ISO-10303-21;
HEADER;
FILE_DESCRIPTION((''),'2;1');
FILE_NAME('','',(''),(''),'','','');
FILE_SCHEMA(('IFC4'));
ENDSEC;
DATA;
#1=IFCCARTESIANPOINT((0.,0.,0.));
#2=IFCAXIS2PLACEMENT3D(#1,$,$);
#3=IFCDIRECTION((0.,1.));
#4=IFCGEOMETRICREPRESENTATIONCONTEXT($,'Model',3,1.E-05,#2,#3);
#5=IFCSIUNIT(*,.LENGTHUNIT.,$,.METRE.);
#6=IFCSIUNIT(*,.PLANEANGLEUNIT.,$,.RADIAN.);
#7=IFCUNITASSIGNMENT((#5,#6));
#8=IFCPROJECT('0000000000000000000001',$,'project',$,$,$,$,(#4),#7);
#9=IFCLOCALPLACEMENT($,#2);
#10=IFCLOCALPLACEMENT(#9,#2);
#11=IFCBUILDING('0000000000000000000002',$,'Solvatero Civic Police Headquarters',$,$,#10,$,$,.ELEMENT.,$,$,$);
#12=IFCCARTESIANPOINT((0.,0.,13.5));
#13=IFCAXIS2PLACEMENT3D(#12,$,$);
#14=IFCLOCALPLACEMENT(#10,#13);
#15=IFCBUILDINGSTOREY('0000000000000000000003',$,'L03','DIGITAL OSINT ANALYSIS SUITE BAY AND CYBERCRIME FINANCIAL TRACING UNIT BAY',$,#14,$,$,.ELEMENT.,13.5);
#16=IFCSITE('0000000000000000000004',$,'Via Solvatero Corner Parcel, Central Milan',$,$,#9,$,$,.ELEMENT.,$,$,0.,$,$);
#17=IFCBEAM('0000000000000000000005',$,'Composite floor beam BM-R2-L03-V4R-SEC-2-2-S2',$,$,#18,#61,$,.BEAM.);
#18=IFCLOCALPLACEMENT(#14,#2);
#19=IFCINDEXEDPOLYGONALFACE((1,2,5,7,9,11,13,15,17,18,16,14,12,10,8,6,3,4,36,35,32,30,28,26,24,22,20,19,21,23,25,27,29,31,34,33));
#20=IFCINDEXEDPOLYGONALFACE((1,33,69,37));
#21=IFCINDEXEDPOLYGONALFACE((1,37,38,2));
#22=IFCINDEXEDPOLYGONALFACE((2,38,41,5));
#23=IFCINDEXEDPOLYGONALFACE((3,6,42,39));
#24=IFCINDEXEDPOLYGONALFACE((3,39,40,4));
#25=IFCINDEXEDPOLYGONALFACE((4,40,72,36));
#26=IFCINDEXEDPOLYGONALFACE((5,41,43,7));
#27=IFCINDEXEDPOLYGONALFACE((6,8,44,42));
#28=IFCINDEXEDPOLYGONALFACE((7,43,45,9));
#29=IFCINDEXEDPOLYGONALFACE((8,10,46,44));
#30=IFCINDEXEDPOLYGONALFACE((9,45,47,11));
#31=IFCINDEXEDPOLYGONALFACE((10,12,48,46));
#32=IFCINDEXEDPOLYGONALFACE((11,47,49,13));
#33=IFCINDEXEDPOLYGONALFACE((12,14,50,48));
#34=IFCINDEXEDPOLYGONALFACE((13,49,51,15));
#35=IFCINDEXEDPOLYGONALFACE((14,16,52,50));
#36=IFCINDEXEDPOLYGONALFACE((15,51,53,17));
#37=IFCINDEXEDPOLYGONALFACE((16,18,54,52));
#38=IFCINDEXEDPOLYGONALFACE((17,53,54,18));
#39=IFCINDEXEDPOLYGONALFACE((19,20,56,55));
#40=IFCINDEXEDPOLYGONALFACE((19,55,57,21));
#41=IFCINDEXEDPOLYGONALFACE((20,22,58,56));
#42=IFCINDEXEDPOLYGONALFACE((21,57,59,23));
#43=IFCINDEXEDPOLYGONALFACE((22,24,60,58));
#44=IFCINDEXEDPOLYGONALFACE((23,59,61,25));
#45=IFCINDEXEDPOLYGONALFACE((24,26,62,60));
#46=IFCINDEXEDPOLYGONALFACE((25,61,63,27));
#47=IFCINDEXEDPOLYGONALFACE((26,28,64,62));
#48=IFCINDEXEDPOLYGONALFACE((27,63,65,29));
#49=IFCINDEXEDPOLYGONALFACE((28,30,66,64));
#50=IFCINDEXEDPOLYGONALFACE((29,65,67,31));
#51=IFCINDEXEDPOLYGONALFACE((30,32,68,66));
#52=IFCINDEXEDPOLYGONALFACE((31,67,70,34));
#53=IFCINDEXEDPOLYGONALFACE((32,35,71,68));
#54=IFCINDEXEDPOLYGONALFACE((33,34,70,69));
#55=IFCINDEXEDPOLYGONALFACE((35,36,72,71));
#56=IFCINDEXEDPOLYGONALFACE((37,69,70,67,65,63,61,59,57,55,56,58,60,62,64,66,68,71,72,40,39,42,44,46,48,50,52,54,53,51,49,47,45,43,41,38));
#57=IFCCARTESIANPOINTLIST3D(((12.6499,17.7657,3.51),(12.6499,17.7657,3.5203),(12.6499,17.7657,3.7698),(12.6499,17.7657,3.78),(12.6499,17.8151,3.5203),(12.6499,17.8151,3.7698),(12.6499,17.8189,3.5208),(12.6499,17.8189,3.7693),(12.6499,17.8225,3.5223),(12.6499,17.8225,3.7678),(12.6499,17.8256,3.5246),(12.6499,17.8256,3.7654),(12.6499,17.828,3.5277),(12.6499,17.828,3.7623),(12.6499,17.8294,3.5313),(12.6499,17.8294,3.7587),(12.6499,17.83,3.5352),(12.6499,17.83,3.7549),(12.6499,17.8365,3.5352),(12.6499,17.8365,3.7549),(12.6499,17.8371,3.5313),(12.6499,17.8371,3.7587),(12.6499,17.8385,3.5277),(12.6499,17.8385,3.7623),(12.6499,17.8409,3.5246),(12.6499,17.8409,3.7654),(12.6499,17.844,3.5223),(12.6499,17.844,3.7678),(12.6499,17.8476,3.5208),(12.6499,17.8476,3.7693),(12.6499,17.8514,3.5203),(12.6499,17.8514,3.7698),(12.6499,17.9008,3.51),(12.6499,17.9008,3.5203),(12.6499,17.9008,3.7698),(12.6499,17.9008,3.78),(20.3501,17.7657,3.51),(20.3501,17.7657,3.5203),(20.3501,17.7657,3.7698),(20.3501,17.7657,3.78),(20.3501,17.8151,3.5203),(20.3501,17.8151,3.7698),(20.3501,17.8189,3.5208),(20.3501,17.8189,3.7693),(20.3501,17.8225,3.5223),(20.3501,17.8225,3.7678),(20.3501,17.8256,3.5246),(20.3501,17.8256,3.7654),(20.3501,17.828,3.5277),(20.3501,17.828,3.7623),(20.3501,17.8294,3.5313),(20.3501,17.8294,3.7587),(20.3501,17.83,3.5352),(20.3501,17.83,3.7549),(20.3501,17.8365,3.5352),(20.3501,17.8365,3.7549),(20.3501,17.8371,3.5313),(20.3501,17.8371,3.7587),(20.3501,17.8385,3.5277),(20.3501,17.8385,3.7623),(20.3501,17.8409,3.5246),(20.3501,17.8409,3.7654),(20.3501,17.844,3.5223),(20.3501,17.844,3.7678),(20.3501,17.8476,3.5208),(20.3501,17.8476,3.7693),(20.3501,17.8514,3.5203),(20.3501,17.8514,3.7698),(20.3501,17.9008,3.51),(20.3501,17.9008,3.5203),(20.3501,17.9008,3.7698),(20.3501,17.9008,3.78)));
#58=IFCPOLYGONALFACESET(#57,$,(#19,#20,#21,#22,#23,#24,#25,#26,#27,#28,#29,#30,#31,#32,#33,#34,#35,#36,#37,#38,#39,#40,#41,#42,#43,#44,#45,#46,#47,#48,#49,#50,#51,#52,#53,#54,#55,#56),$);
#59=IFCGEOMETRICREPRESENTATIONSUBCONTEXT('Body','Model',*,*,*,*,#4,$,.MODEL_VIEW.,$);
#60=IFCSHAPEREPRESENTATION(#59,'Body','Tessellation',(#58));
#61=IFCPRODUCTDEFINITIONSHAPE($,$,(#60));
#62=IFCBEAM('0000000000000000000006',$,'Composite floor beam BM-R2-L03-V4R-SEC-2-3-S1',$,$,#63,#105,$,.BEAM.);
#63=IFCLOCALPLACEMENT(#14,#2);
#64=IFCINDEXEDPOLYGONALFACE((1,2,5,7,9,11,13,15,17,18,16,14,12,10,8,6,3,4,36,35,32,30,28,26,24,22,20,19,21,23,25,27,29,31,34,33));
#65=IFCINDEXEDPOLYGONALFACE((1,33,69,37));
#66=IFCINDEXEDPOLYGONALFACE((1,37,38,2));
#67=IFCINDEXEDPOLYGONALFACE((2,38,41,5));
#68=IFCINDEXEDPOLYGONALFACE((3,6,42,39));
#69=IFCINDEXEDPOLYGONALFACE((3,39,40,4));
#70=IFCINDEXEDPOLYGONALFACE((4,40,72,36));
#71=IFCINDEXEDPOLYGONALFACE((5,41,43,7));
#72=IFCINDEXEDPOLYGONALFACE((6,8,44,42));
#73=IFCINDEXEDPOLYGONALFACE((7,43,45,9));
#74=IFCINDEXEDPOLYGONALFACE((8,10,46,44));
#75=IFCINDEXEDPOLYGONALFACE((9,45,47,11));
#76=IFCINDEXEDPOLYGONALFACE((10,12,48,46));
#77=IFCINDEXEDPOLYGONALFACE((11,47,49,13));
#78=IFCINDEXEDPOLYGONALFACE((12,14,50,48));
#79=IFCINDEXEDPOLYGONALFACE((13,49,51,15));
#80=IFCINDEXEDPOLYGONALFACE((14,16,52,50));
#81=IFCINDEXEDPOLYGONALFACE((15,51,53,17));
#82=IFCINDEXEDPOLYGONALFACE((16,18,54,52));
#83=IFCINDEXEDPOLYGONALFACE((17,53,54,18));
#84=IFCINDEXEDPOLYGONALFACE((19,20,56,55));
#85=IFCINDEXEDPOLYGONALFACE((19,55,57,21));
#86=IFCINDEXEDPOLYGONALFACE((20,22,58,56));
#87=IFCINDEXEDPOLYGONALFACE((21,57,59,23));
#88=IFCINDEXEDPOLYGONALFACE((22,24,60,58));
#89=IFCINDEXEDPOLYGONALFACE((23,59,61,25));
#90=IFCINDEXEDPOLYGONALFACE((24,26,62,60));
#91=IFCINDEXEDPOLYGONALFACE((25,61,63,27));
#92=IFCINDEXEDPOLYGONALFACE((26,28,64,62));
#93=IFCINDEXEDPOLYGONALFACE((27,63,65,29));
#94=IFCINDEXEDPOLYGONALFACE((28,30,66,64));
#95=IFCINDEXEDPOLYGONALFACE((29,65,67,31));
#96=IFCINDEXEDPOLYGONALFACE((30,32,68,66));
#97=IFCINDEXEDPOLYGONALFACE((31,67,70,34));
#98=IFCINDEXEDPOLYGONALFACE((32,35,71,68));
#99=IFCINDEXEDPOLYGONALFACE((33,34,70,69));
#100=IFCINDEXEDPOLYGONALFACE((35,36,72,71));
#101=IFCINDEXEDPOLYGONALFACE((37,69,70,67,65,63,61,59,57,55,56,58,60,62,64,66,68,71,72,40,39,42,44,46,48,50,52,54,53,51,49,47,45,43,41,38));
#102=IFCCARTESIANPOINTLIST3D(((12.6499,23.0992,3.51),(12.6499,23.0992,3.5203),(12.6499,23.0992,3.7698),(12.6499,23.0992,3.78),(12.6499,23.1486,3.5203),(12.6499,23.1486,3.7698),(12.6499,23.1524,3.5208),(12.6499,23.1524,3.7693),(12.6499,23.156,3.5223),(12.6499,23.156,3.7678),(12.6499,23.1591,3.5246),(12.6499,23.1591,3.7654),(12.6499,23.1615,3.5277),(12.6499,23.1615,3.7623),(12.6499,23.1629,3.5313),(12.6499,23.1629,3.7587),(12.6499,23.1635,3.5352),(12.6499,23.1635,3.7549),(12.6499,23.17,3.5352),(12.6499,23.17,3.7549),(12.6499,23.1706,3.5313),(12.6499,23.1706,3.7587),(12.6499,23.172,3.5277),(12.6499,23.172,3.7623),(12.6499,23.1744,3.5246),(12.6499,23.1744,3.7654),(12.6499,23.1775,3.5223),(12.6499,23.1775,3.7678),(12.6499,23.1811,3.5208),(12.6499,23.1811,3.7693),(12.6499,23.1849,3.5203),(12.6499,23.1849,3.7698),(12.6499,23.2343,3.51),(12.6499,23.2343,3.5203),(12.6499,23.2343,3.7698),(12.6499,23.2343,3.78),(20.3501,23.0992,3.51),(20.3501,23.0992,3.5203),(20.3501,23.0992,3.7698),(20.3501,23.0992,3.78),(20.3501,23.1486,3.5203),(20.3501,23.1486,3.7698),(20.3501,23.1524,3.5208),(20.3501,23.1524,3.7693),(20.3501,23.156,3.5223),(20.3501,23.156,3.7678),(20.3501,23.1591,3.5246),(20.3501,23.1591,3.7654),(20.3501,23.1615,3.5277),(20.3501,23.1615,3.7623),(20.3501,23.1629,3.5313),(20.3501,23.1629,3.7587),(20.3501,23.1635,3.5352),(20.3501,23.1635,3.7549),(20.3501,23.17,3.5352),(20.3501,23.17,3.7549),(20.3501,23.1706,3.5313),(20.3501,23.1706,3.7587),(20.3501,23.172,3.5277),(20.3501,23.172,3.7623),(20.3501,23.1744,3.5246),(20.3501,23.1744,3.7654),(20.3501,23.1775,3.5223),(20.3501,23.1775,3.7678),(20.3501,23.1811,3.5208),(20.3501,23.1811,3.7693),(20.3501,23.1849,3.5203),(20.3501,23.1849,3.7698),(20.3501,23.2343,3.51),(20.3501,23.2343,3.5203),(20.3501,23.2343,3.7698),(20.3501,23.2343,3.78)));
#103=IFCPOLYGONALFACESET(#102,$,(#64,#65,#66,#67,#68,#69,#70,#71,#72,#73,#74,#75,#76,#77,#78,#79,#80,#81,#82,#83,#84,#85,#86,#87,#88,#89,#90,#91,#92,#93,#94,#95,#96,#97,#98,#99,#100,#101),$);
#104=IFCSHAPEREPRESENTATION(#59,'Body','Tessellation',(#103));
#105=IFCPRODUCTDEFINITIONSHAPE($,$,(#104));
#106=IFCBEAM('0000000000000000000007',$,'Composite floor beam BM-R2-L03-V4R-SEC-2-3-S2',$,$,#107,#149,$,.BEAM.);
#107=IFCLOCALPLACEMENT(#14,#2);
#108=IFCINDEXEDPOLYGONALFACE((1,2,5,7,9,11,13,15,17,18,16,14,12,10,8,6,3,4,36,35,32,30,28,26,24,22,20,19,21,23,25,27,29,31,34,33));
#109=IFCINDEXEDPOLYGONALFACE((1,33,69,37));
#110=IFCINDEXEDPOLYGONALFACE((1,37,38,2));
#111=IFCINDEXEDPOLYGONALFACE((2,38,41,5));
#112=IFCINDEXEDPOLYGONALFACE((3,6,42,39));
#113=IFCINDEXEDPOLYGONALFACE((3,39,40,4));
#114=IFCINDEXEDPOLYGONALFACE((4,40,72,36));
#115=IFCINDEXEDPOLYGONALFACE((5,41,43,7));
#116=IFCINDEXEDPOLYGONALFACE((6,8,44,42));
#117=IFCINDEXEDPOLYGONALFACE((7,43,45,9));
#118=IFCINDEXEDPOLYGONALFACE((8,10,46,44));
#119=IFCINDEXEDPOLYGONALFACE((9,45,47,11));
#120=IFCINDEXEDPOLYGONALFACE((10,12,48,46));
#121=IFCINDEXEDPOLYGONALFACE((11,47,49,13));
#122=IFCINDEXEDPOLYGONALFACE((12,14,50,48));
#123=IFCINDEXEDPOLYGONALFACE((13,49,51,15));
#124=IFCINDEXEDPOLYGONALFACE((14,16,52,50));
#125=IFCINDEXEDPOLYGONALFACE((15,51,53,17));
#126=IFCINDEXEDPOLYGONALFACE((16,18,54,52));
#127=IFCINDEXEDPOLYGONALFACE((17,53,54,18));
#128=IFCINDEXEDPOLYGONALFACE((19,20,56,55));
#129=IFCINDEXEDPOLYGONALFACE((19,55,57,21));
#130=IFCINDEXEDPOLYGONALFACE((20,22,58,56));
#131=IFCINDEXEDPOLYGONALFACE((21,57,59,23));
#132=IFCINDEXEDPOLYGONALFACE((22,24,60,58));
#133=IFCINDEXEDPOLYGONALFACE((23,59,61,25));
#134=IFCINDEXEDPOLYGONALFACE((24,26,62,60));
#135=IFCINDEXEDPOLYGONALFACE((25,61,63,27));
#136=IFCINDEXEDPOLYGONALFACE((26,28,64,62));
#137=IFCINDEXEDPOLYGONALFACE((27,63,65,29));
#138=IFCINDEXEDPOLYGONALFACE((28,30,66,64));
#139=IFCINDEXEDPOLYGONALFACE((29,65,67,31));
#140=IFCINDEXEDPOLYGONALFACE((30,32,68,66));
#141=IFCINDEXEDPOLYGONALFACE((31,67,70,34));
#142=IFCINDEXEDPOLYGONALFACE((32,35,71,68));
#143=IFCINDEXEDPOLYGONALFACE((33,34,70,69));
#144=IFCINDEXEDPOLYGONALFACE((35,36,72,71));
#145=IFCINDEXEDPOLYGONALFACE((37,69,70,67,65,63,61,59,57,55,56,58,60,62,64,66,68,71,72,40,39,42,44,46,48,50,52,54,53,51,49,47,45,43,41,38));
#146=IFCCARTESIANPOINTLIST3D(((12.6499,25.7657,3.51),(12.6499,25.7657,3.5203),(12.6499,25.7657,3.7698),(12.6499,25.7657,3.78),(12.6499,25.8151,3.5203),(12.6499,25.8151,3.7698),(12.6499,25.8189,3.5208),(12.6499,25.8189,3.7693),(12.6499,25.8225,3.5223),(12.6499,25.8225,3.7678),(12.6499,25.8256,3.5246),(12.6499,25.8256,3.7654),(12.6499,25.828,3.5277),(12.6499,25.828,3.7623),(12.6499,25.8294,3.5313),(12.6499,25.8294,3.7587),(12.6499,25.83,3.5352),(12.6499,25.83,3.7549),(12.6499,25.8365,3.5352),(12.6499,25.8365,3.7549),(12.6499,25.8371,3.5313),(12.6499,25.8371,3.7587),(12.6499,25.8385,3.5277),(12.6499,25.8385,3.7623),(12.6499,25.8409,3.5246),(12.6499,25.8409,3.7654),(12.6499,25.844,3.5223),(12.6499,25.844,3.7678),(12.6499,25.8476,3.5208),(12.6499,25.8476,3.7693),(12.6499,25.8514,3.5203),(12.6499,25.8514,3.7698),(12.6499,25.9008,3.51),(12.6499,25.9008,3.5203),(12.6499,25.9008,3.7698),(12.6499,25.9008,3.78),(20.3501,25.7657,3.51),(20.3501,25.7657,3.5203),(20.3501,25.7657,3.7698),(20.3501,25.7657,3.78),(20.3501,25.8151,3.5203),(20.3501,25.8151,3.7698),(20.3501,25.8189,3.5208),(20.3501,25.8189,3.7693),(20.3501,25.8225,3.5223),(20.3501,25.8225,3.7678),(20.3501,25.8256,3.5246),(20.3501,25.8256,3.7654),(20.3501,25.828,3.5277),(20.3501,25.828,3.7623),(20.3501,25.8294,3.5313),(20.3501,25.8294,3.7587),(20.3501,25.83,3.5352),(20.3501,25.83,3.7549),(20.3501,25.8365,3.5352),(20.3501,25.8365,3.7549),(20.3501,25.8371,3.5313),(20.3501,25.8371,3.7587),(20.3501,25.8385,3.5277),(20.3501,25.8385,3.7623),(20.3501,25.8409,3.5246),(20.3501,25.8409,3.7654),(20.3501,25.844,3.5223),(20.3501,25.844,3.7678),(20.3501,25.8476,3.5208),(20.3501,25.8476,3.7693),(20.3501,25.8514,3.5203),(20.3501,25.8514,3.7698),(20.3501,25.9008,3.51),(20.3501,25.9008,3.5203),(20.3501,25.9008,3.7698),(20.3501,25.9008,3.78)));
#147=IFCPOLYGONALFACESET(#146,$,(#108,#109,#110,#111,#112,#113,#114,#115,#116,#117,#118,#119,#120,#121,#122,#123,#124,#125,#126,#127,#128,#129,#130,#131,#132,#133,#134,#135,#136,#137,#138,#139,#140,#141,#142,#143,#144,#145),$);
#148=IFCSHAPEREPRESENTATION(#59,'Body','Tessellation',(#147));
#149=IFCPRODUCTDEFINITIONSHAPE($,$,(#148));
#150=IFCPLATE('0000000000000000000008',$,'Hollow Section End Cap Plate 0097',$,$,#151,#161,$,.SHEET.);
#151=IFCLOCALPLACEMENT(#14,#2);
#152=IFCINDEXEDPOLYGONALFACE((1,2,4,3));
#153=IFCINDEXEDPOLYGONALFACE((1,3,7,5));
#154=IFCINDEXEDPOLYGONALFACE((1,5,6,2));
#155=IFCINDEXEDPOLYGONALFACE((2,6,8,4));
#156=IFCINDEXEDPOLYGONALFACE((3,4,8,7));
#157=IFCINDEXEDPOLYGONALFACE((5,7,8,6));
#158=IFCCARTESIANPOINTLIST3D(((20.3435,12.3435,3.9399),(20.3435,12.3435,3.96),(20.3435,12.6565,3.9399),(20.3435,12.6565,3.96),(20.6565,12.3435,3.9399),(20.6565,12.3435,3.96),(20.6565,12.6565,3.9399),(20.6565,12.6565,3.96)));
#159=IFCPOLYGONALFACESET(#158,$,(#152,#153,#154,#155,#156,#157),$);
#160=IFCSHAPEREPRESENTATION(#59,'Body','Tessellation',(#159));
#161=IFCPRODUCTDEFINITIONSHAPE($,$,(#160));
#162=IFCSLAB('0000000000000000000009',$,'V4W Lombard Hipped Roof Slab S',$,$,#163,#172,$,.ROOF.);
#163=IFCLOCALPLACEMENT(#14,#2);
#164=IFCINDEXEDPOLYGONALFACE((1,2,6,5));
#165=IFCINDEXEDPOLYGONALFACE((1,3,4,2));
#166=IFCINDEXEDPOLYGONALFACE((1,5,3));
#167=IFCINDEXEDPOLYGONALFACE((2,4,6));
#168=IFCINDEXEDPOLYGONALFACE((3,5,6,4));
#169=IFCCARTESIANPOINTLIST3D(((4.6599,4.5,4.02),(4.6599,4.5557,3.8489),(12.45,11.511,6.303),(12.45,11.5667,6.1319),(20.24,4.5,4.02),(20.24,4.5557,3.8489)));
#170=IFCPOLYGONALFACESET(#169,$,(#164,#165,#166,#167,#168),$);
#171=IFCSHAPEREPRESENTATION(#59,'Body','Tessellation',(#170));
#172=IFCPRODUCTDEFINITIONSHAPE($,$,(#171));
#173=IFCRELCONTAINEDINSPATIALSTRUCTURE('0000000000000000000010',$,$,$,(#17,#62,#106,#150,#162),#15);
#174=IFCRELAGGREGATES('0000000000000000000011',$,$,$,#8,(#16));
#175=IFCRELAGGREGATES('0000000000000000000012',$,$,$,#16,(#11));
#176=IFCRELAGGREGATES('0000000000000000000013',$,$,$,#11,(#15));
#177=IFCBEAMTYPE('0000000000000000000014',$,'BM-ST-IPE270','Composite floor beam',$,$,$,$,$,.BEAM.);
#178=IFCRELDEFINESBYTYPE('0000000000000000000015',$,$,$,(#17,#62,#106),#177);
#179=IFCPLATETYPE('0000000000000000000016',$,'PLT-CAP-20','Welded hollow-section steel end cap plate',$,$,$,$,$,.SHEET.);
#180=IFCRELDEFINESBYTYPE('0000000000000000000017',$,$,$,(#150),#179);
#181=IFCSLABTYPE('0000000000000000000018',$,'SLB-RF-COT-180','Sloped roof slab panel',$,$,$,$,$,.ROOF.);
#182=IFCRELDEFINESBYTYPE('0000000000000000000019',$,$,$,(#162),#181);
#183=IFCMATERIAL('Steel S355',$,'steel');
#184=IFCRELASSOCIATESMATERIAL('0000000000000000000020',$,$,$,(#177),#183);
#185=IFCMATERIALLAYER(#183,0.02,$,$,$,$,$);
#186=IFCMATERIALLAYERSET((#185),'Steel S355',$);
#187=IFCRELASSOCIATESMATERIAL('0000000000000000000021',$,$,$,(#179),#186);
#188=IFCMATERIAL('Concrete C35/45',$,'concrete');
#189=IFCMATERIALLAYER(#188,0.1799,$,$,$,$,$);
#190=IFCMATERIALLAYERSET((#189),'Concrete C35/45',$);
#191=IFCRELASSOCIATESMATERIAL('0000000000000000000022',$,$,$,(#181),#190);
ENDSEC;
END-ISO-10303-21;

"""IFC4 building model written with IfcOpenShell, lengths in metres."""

from ifc_helpers import new_model, si_unit, direction, frame, origin, origin_2d, place, context, subcontext, project, spatial, polyline, rectangle, i_section, outline, extrude, material, layer, layer_set, material_profile, profile_set, type_object, element, save


model = new_model("IFC4")

# Units and contexts
model_context = context("Model", 3, precision=1e-05, world=origin(), true_north=direction((0.0, 1.0)))
body_context = subcontext(model_context, "Body", "Model", "MODEL_VIEW")
ifc_project = project(units=[si_unit("LENGTHUNIT", "METRE"), si_unit("PLANEANGLEUNIT", "RADIAN")], contexts=[model_context])

# Site, building, storey
site_placement = place(None, origin())
site = spatial("IfcSite", under=ifc_project, at=site_placement, Name="Via Solvatero Corner Parcel, Central Milan", CompositionType="ELEMENT", RefElevation=0.0)
building_placement = place(site_placement, origin())
building = spatial("IfcBuilding", under=site, at=building_placement, Name="Solvatero Civic Police Headquarters", CompositionType="ELEMENT")
storey_placement = place(building_placement, frame((0.0, 0.0, 13.5)))
storey = spatial("IfcBuildingStorey", under=building, at=storey_placement, Name="L03", Description="DIGITAL OSINT ANALYSIS SUITE BAY AND CYBERCRIME FINANCIAL TRACING UNIT BAY", CompositionType="ELEMENT", Elevation=13.5)

# Shared definitions
ifc_material_1 = material(Name="Steel S355", Category="steel")

# Beams
ifc_material_profile_1 = material_profile(ifc_material_1, i_section(OverallWidth=0.135, OverallDepth=0.27, WebThickness=0.0066, FlangeThickness=0.0103, FilletRadius=0.0149, at=origin_2d()), Name="IPE 270")
ifc_profile_set_1 = profile_set([ifc_material_profile_1], Name="Steel S355")
beam_type_1 = type_object("IfcBeamType", Name="BM-ST-IPE270", Description="Composite floor beam", PredefinedType="BEAM", material=ifc_profile_set_1)
for number, where, z_axis, x_axis, name in (
    (1, (12.6499, 17.8333, 3.645), (1.0, 0.0, 0.0), (0.0, 1.0, 0.0), "Composite floor beam BM-R2-L03-V4R-SEC-2-2-S2"),
    (2, (12.6499, 23.1667, 3.645), (1.0, 0.0, 0.0), (0.0, 1.0, 0.0), "Composite floor beam BM-R2-L03-V4R-SEC-2-3-S1"),
    (3, (12.6499, 25.8333, 3.645), (1.0, 0.0, 0.0), (0.0, 1.0, 0.0), "Composite floor beam BM-R2-L03-V4R-SEC-2-3-S2"),
):
    element("IfcBeam", number, at=place(storey_placement, frame(where, z_axis=z_axis, x_axis=x_axis)), inside=storey, type_object=beam_type_1, Name=name, PredefinedType="BEAM", context=body_context, shape_type="SweptSolid", body=[
        extrude(i_section(OverallWidth=0.135, OverallDepth=0.27, WebThickness=0.0066, FlangeThickness=0.0103, FilletRadius=0.0149, at=origin_2d()), origin(), (0.0, 0.0, 1.0), 7.7002),
    ])

# Plate
ifc_layer_1 = layer(ifc_material_1, 0.02)
ifc_layer_set_1 = layer_set([ifc_layer_1], Name="Steel S355")
plate_type = type_object("IfcPlateType", Name="PLT-CAP-20", Description="Welded hollow-section steel end cap plate", PredefinedType="SHEET", material=ifc_layer_set_1)
plate_placement = place(storey_placement, frame((20.5, 12.5, 3.9399), z_axis=(0.0, 0.0, 1.0), x_axis=(1.0, 0.0, 0.0)))
element("IfcPlate", 4, at=plate_placement, inside=storey, type_object=plate_type, Name="Hollow Section End Cap Plate 0097", PredefinedType="SHEET", context=body_context, shape_type="SweptSolid", body=[
    extrude(rectangle(XDim=0.313, YDim=0.313, at=origin_2d()), origin(), (0.0, 0.0, 1.0), 0.02),
])

# Slab
ifc_material_2 = material(Name="Concrete C35/45", Category="concrete")
ifc_layer_2 = layer(ifc_material_2, 0.1799)
ifc_layer_set_2 = layer_set([ifc_layer_2], Name="Concrete C35/45")
slab_type = type_object("IfcSlabType", Name="SLB-RF-COT-180", Description="Sloped roof slab panel", PredefinedType="ROOF", material=ifc_layer_set_2)
slab_placement = place(storey_placement, frame((20.24, 4.5, 4.02), z_axis=(0.0, -0.309624, 0.950859), x_axis=(-1.0, 0.0, 0.0)))
element("IfcSlab", 5, at=slab_placement, inside=storey, type_object=slab_type, Name="V4W Lombard Hipped Roof Slab S", PredefinedType="ROOF", context=body_context, shape_type="SweptSolid", body=[
    extrude(outline(polyline([(0.0, 0.0), (15.5801, 0.0), (7.79, -7.3733), (0.0, 0.0)])), origin(), (0.0, 0.0, -1.0), 0.1799),
])

save(model, "model.ifc")
